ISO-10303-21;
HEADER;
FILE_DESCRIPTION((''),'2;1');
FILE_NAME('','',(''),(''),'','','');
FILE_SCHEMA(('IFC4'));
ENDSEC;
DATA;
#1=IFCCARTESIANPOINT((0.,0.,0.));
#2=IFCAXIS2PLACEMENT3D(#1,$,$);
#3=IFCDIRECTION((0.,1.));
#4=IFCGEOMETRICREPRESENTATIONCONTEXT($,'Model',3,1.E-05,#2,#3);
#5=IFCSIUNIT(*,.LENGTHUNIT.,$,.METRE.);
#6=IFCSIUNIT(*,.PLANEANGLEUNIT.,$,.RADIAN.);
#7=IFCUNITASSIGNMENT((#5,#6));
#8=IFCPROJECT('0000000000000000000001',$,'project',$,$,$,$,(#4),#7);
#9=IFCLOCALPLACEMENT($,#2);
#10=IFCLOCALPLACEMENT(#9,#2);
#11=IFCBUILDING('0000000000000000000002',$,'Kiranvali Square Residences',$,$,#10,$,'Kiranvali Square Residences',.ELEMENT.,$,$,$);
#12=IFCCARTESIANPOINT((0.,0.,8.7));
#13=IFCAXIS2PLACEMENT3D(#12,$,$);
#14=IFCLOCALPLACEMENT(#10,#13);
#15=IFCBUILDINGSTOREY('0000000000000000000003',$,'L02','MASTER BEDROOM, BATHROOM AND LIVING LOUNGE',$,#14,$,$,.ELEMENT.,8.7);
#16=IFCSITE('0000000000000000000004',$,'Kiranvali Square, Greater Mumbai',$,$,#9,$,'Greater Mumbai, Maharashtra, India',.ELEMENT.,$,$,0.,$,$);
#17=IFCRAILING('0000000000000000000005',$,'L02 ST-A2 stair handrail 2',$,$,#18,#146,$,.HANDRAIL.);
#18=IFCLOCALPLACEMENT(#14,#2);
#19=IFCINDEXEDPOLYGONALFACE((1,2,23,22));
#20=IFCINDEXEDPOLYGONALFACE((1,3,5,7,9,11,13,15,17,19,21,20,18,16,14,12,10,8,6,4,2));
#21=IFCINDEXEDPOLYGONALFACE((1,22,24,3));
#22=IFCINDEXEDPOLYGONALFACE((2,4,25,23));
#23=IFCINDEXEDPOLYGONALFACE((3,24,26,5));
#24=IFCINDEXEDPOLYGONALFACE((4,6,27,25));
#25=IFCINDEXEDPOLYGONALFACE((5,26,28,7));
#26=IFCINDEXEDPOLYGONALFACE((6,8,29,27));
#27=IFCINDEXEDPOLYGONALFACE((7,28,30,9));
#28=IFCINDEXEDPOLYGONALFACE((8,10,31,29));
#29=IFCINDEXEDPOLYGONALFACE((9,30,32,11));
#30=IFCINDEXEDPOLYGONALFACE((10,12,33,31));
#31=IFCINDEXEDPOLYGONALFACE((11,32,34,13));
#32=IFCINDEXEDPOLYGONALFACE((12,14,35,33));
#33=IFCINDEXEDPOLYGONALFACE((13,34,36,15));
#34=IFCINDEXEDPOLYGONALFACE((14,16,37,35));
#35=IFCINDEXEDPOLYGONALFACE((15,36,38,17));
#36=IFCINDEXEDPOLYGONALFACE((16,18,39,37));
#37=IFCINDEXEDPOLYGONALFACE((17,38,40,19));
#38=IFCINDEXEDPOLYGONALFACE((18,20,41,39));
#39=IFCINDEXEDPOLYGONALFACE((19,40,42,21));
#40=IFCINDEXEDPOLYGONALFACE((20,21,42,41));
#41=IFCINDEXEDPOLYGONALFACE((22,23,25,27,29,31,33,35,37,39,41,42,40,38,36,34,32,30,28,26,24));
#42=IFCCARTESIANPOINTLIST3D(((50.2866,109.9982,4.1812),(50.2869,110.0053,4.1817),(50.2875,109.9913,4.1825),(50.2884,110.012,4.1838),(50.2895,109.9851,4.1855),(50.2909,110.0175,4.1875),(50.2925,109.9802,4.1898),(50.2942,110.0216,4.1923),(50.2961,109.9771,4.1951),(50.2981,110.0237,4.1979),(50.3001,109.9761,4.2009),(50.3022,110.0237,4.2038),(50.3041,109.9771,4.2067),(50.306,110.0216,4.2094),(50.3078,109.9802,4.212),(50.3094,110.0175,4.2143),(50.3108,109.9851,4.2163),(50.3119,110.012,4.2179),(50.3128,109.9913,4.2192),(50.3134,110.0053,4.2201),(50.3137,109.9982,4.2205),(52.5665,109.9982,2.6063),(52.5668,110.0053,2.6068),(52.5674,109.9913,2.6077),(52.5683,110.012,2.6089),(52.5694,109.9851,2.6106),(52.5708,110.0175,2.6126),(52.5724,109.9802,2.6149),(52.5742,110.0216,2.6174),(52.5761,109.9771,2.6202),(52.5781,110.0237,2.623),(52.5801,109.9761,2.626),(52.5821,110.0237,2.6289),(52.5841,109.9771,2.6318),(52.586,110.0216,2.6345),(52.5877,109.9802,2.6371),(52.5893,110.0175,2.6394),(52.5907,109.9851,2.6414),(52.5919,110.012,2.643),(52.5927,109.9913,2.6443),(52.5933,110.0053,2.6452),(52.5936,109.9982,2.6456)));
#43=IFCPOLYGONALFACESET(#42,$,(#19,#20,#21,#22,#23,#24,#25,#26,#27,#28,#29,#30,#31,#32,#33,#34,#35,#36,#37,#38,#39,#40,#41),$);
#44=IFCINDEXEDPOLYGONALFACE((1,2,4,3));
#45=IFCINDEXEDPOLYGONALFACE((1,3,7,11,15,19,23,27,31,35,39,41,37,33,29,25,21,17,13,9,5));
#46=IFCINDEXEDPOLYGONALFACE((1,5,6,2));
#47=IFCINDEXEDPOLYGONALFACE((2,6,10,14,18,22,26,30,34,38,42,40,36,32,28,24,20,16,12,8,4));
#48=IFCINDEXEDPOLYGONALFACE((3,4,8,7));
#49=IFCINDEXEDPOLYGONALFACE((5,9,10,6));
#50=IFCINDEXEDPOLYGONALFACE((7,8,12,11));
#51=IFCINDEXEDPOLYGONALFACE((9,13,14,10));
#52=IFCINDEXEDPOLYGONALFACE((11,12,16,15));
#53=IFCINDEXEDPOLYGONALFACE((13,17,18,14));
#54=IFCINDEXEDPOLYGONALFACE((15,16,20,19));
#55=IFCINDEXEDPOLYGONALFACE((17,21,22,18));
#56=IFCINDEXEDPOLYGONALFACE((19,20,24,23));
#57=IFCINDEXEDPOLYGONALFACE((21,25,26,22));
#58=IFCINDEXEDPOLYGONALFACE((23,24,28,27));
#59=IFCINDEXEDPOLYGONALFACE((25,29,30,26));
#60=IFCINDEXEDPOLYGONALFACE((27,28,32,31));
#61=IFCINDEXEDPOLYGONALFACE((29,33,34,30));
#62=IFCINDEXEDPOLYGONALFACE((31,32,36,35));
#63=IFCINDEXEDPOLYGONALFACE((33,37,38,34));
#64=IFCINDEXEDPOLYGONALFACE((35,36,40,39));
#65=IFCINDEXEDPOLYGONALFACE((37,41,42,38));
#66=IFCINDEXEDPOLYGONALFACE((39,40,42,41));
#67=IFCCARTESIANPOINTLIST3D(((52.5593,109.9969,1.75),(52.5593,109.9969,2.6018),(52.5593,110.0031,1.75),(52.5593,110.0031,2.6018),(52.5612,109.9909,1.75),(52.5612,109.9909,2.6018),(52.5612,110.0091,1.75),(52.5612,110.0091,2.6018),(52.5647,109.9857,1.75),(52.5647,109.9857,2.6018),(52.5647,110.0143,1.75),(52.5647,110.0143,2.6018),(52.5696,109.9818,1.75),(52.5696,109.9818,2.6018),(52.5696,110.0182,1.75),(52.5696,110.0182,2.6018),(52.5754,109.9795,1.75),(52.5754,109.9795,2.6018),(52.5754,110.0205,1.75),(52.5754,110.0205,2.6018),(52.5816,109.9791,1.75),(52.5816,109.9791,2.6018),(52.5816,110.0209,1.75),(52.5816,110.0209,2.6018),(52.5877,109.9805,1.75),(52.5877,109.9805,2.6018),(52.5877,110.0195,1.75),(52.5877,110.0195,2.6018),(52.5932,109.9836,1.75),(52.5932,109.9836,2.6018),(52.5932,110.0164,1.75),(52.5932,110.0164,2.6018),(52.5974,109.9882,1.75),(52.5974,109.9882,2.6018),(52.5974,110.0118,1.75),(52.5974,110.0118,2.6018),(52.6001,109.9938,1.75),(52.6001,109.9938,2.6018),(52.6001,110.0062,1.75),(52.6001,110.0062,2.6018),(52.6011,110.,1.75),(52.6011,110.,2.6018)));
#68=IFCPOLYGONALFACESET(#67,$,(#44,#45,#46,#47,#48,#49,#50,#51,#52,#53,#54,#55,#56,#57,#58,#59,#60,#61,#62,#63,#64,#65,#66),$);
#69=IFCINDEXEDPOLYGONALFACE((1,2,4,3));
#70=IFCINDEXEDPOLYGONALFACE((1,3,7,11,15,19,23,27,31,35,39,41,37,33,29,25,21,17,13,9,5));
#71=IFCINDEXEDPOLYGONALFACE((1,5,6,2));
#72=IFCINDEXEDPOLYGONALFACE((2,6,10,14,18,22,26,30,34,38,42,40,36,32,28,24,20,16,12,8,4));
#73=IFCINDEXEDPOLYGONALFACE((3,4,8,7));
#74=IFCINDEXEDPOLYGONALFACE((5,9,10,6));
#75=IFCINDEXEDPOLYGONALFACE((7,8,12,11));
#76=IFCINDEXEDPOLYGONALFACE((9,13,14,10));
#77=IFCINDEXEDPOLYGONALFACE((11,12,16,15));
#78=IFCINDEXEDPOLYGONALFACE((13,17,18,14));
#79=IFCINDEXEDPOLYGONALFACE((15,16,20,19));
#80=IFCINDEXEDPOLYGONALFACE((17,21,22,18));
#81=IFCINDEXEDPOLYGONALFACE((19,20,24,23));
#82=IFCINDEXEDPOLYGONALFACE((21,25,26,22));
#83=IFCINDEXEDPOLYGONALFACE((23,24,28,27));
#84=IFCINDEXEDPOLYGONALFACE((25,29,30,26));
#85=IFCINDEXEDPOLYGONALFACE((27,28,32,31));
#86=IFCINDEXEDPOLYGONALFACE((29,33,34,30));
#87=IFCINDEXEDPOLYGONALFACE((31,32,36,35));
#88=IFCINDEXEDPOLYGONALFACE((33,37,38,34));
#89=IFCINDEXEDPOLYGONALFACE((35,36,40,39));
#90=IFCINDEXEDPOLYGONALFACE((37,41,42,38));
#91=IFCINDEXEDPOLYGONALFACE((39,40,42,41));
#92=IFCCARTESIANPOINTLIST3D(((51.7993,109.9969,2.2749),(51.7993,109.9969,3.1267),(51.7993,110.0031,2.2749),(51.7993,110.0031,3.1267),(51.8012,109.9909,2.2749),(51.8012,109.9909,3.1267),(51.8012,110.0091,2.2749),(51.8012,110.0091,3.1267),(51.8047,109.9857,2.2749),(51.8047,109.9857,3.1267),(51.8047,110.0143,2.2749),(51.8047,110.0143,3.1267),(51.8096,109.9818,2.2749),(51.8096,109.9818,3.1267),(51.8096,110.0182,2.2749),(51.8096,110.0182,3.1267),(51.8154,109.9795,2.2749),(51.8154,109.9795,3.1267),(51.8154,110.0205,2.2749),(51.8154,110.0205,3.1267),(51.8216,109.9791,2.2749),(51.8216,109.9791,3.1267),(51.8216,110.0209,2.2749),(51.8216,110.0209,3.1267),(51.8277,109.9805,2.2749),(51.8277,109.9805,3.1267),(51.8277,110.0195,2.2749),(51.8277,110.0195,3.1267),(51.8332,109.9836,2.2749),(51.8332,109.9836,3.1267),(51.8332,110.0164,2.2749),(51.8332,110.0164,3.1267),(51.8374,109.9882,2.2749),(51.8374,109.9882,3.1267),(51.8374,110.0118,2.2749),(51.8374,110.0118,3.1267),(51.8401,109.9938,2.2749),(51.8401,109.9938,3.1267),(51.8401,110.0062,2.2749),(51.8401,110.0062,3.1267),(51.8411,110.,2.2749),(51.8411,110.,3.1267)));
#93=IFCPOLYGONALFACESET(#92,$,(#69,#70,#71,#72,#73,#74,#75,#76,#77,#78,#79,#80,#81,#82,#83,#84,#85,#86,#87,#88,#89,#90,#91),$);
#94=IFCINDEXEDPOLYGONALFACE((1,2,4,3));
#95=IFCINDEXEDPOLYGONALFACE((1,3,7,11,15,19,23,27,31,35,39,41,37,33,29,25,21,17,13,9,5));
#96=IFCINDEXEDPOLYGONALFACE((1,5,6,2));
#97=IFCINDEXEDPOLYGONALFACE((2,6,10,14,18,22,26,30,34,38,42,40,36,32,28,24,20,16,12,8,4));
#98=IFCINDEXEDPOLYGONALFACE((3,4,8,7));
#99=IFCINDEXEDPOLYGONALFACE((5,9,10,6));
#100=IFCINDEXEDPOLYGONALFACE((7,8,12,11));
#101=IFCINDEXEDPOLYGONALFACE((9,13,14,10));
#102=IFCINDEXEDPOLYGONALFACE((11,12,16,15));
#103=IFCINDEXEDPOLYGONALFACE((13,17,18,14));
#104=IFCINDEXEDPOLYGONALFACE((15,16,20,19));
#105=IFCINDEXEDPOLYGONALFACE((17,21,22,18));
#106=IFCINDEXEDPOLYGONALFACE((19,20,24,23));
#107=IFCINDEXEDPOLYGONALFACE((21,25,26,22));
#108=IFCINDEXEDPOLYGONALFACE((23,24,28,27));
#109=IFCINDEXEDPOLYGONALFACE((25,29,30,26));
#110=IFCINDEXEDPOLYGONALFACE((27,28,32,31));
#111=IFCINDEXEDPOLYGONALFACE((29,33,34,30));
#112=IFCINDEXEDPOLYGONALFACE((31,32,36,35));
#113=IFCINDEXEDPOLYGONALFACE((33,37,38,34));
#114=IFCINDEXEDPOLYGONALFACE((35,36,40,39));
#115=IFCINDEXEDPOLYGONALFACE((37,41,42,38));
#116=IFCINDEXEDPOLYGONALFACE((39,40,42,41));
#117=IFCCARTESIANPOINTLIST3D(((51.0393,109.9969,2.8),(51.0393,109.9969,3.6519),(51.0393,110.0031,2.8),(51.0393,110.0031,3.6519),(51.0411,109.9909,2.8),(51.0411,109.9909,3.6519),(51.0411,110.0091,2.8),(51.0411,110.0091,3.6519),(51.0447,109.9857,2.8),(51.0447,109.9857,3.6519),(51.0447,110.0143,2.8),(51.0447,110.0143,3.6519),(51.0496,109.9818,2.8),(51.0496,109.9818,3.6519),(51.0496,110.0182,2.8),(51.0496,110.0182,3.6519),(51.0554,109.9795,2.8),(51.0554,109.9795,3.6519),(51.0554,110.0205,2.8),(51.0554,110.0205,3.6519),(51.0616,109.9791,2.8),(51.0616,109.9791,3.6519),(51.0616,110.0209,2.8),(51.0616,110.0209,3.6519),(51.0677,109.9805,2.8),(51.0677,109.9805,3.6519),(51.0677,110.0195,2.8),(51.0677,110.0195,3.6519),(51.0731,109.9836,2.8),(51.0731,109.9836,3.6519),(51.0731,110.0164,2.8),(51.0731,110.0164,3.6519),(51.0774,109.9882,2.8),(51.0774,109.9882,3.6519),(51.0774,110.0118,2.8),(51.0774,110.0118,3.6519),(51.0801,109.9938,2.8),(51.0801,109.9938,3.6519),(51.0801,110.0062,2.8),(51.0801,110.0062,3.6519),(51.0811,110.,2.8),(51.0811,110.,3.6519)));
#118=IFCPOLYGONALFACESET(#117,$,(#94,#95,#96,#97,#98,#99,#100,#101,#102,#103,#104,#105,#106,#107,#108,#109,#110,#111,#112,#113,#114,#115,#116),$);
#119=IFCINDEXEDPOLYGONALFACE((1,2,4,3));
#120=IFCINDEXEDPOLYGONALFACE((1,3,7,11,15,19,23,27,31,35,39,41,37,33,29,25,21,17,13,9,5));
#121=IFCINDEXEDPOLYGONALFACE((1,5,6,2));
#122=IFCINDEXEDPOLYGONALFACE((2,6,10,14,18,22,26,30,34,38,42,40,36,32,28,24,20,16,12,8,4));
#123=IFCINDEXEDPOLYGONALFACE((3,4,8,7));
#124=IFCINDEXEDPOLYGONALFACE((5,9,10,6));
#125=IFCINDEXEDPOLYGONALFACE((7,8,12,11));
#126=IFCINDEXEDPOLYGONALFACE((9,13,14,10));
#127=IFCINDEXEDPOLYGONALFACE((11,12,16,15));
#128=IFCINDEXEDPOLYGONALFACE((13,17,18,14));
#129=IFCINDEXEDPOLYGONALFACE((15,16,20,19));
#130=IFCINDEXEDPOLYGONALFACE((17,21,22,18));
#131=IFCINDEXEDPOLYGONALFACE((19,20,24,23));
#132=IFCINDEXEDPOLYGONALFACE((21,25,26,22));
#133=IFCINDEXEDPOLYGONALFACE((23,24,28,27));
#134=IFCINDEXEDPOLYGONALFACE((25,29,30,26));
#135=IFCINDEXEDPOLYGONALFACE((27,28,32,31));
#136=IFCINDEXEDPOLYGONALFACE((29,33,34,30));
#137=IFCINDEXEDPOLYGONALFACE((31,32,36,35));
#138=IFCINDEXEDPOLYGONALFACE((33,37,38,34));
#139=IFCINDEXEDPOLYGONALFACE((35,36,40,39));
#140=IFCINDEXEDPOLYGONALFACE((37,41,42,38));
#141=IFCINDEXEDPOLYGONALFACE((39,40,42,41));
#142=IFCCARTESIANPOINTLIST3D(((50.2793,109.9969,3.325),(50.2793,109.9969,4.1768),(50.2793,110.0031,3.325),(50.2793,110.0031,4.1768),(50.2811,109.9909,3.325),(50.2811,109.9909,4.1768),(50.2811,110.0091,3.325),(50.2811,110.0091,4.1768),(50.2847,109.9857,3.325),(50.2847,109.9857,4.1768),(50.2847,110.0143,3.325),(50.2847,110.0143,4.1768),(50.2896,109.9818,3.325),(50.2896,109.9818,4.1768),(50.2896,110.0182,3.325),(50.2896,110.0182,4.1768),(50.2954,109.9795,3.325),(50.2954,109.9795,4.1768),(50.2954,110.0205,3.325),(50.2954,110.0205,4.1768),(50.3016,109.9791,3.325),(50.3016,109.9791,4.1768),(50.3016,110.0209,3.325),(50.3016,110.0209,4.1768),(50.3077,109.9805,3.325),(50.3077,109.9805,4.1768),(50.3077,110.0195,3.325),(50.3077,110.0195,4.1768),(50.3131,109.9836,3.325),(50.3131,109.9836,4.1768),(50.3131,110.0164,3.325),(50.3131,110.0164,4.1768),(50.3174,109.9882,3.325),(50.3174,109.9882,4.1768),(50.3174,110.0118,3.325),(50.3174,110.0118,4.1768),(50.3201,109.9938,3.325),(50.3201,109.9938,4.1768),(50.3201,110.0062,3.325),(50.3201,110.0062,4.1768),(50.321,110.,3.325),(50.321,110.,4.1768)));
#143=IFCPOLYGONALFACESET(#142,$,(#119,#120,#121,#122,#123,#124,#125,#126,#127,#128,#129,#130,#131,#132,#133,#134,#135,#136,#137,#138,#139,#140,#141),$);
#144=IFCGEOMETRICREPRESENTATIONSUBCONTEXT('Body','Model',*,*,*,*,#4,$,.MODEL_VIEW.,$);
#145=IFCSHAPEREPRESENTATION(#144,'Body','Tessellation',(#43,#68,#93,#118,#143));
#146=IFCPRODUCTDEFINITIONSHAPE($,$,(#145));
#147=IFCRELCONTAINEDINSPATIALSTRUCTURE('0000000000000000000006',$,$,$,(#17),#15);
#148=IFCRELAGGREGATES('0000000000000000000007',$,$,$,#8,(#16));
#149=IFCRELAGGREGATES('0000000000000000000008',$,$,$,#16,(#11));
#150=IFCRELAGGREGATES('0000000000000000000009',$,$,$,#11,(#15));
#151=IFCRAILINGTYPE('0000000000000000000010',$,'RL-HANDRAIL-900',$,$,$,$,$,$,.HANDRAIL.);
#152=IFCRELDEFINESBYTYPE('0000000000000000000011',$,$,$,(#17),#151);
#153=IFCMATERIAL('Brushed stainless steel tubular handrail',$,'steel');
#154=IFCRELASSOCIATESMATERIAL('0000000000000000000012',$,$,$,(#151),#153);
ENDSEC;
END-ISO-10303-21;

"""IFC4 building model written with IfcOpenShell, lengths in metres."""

from ifc_helpers import new_model, si_unit, direction, frame, origin, origin_2d, place, context, subcontext, project, spatial, circle, extrude, material, type_object, element, save


model = new_model("IFC4")

# Units and contexts
model_context = context("Model", 3, precision=1e-05, world=origin(), true_north=direction((0.0, 1.0)))
body_context = subcontext(model_context, "Body", "Model", "MODEL_VIEW")
ifc_project = project(units=[si_unit("LENGTHUNIT", "METRE"), si_unit("PLANEANGLEUNIT", "RADIAN")], contexts=[model_context])

# Site, building, storey
site_placement = place(None, origin())
site = spatial("IfcSite", under=ifc_project, at=site_placement, Name="Kiranvali Square, Greater Mumbai", LongName="Greater Mumbai, Maharashtra, India", CompositionType="ELEMENT", RefElevation=0.0)
building_placement = place(site_placement, origin())
building = spatial("IfcBuilding", under=site, at=building_placement, Name="Kiranvali Square Residences", LongName="Kiranvali Square Residences", CompositionType="ELEMENT")
storey_placement = place(building_placement, frame((0.0, 0.0, 8.7)))
storey = spatial("IfcBuildingStorey", under=building, at=storey_placement, Name="L02", Description="MASTER BEDROOM, BATHROOM AND LIVING LOUNGE", CompositionType="ELEMENT", Elevation=8.7)

# Railing
ifc_material_1 = material(Name="Brushed stainless steel tubular handrail", Category="steel")
railing_type_1 = type_object("IfcRailingType", Name="RL-HANDRAIL-900", PredefinedType="HANDRAIL", material=ifc_material_1)
railing_1_placement = place(storey_placement, frame((52.5801, 110.0, 1.75)))
element("IfcRailing", 1, at=railing_1_placement, inside=storey, type_object=railing_type_1, Name="L02 ST-A2 stair handrail 2", PredefinedType="HANDRAIL", context=body_context, shape_type="SweptSolid", body=[
    extrude(circle(Radius=0.0239, at=origin_2d()), frame((0.0, 0.0, 0.876), z_axis=(-0.822788, 0.0, 0.568348), x_axis=(0.0, -1.0, 0.0)), (0.0, 0.0, 1.0), 2.771),
    extrude(circle(Radius=0.021, at=origin_2d()), origin(), (0.0, 0.0, 1.0), 0.8518),
    extrude(circle(Radius=0.021, at=origin_2d()), frame((-0.76, 0.0, 0.5249)), (0.0, 0.0, 1.0), 0.8518),
    extrude(circle(Radius=0.021, at=origin_2d()), frame((-1.52, 0.0, 1.05)), (0.0, 0.0, 1.0), 0.8518),
    extrude(circle(Radius=0.021, at=origin_2d()), frame((-2.28, 0.0, 1.575)), (0.0, 0.0, 1.0), 0.8518),
])

save(model, "model.ifc")
